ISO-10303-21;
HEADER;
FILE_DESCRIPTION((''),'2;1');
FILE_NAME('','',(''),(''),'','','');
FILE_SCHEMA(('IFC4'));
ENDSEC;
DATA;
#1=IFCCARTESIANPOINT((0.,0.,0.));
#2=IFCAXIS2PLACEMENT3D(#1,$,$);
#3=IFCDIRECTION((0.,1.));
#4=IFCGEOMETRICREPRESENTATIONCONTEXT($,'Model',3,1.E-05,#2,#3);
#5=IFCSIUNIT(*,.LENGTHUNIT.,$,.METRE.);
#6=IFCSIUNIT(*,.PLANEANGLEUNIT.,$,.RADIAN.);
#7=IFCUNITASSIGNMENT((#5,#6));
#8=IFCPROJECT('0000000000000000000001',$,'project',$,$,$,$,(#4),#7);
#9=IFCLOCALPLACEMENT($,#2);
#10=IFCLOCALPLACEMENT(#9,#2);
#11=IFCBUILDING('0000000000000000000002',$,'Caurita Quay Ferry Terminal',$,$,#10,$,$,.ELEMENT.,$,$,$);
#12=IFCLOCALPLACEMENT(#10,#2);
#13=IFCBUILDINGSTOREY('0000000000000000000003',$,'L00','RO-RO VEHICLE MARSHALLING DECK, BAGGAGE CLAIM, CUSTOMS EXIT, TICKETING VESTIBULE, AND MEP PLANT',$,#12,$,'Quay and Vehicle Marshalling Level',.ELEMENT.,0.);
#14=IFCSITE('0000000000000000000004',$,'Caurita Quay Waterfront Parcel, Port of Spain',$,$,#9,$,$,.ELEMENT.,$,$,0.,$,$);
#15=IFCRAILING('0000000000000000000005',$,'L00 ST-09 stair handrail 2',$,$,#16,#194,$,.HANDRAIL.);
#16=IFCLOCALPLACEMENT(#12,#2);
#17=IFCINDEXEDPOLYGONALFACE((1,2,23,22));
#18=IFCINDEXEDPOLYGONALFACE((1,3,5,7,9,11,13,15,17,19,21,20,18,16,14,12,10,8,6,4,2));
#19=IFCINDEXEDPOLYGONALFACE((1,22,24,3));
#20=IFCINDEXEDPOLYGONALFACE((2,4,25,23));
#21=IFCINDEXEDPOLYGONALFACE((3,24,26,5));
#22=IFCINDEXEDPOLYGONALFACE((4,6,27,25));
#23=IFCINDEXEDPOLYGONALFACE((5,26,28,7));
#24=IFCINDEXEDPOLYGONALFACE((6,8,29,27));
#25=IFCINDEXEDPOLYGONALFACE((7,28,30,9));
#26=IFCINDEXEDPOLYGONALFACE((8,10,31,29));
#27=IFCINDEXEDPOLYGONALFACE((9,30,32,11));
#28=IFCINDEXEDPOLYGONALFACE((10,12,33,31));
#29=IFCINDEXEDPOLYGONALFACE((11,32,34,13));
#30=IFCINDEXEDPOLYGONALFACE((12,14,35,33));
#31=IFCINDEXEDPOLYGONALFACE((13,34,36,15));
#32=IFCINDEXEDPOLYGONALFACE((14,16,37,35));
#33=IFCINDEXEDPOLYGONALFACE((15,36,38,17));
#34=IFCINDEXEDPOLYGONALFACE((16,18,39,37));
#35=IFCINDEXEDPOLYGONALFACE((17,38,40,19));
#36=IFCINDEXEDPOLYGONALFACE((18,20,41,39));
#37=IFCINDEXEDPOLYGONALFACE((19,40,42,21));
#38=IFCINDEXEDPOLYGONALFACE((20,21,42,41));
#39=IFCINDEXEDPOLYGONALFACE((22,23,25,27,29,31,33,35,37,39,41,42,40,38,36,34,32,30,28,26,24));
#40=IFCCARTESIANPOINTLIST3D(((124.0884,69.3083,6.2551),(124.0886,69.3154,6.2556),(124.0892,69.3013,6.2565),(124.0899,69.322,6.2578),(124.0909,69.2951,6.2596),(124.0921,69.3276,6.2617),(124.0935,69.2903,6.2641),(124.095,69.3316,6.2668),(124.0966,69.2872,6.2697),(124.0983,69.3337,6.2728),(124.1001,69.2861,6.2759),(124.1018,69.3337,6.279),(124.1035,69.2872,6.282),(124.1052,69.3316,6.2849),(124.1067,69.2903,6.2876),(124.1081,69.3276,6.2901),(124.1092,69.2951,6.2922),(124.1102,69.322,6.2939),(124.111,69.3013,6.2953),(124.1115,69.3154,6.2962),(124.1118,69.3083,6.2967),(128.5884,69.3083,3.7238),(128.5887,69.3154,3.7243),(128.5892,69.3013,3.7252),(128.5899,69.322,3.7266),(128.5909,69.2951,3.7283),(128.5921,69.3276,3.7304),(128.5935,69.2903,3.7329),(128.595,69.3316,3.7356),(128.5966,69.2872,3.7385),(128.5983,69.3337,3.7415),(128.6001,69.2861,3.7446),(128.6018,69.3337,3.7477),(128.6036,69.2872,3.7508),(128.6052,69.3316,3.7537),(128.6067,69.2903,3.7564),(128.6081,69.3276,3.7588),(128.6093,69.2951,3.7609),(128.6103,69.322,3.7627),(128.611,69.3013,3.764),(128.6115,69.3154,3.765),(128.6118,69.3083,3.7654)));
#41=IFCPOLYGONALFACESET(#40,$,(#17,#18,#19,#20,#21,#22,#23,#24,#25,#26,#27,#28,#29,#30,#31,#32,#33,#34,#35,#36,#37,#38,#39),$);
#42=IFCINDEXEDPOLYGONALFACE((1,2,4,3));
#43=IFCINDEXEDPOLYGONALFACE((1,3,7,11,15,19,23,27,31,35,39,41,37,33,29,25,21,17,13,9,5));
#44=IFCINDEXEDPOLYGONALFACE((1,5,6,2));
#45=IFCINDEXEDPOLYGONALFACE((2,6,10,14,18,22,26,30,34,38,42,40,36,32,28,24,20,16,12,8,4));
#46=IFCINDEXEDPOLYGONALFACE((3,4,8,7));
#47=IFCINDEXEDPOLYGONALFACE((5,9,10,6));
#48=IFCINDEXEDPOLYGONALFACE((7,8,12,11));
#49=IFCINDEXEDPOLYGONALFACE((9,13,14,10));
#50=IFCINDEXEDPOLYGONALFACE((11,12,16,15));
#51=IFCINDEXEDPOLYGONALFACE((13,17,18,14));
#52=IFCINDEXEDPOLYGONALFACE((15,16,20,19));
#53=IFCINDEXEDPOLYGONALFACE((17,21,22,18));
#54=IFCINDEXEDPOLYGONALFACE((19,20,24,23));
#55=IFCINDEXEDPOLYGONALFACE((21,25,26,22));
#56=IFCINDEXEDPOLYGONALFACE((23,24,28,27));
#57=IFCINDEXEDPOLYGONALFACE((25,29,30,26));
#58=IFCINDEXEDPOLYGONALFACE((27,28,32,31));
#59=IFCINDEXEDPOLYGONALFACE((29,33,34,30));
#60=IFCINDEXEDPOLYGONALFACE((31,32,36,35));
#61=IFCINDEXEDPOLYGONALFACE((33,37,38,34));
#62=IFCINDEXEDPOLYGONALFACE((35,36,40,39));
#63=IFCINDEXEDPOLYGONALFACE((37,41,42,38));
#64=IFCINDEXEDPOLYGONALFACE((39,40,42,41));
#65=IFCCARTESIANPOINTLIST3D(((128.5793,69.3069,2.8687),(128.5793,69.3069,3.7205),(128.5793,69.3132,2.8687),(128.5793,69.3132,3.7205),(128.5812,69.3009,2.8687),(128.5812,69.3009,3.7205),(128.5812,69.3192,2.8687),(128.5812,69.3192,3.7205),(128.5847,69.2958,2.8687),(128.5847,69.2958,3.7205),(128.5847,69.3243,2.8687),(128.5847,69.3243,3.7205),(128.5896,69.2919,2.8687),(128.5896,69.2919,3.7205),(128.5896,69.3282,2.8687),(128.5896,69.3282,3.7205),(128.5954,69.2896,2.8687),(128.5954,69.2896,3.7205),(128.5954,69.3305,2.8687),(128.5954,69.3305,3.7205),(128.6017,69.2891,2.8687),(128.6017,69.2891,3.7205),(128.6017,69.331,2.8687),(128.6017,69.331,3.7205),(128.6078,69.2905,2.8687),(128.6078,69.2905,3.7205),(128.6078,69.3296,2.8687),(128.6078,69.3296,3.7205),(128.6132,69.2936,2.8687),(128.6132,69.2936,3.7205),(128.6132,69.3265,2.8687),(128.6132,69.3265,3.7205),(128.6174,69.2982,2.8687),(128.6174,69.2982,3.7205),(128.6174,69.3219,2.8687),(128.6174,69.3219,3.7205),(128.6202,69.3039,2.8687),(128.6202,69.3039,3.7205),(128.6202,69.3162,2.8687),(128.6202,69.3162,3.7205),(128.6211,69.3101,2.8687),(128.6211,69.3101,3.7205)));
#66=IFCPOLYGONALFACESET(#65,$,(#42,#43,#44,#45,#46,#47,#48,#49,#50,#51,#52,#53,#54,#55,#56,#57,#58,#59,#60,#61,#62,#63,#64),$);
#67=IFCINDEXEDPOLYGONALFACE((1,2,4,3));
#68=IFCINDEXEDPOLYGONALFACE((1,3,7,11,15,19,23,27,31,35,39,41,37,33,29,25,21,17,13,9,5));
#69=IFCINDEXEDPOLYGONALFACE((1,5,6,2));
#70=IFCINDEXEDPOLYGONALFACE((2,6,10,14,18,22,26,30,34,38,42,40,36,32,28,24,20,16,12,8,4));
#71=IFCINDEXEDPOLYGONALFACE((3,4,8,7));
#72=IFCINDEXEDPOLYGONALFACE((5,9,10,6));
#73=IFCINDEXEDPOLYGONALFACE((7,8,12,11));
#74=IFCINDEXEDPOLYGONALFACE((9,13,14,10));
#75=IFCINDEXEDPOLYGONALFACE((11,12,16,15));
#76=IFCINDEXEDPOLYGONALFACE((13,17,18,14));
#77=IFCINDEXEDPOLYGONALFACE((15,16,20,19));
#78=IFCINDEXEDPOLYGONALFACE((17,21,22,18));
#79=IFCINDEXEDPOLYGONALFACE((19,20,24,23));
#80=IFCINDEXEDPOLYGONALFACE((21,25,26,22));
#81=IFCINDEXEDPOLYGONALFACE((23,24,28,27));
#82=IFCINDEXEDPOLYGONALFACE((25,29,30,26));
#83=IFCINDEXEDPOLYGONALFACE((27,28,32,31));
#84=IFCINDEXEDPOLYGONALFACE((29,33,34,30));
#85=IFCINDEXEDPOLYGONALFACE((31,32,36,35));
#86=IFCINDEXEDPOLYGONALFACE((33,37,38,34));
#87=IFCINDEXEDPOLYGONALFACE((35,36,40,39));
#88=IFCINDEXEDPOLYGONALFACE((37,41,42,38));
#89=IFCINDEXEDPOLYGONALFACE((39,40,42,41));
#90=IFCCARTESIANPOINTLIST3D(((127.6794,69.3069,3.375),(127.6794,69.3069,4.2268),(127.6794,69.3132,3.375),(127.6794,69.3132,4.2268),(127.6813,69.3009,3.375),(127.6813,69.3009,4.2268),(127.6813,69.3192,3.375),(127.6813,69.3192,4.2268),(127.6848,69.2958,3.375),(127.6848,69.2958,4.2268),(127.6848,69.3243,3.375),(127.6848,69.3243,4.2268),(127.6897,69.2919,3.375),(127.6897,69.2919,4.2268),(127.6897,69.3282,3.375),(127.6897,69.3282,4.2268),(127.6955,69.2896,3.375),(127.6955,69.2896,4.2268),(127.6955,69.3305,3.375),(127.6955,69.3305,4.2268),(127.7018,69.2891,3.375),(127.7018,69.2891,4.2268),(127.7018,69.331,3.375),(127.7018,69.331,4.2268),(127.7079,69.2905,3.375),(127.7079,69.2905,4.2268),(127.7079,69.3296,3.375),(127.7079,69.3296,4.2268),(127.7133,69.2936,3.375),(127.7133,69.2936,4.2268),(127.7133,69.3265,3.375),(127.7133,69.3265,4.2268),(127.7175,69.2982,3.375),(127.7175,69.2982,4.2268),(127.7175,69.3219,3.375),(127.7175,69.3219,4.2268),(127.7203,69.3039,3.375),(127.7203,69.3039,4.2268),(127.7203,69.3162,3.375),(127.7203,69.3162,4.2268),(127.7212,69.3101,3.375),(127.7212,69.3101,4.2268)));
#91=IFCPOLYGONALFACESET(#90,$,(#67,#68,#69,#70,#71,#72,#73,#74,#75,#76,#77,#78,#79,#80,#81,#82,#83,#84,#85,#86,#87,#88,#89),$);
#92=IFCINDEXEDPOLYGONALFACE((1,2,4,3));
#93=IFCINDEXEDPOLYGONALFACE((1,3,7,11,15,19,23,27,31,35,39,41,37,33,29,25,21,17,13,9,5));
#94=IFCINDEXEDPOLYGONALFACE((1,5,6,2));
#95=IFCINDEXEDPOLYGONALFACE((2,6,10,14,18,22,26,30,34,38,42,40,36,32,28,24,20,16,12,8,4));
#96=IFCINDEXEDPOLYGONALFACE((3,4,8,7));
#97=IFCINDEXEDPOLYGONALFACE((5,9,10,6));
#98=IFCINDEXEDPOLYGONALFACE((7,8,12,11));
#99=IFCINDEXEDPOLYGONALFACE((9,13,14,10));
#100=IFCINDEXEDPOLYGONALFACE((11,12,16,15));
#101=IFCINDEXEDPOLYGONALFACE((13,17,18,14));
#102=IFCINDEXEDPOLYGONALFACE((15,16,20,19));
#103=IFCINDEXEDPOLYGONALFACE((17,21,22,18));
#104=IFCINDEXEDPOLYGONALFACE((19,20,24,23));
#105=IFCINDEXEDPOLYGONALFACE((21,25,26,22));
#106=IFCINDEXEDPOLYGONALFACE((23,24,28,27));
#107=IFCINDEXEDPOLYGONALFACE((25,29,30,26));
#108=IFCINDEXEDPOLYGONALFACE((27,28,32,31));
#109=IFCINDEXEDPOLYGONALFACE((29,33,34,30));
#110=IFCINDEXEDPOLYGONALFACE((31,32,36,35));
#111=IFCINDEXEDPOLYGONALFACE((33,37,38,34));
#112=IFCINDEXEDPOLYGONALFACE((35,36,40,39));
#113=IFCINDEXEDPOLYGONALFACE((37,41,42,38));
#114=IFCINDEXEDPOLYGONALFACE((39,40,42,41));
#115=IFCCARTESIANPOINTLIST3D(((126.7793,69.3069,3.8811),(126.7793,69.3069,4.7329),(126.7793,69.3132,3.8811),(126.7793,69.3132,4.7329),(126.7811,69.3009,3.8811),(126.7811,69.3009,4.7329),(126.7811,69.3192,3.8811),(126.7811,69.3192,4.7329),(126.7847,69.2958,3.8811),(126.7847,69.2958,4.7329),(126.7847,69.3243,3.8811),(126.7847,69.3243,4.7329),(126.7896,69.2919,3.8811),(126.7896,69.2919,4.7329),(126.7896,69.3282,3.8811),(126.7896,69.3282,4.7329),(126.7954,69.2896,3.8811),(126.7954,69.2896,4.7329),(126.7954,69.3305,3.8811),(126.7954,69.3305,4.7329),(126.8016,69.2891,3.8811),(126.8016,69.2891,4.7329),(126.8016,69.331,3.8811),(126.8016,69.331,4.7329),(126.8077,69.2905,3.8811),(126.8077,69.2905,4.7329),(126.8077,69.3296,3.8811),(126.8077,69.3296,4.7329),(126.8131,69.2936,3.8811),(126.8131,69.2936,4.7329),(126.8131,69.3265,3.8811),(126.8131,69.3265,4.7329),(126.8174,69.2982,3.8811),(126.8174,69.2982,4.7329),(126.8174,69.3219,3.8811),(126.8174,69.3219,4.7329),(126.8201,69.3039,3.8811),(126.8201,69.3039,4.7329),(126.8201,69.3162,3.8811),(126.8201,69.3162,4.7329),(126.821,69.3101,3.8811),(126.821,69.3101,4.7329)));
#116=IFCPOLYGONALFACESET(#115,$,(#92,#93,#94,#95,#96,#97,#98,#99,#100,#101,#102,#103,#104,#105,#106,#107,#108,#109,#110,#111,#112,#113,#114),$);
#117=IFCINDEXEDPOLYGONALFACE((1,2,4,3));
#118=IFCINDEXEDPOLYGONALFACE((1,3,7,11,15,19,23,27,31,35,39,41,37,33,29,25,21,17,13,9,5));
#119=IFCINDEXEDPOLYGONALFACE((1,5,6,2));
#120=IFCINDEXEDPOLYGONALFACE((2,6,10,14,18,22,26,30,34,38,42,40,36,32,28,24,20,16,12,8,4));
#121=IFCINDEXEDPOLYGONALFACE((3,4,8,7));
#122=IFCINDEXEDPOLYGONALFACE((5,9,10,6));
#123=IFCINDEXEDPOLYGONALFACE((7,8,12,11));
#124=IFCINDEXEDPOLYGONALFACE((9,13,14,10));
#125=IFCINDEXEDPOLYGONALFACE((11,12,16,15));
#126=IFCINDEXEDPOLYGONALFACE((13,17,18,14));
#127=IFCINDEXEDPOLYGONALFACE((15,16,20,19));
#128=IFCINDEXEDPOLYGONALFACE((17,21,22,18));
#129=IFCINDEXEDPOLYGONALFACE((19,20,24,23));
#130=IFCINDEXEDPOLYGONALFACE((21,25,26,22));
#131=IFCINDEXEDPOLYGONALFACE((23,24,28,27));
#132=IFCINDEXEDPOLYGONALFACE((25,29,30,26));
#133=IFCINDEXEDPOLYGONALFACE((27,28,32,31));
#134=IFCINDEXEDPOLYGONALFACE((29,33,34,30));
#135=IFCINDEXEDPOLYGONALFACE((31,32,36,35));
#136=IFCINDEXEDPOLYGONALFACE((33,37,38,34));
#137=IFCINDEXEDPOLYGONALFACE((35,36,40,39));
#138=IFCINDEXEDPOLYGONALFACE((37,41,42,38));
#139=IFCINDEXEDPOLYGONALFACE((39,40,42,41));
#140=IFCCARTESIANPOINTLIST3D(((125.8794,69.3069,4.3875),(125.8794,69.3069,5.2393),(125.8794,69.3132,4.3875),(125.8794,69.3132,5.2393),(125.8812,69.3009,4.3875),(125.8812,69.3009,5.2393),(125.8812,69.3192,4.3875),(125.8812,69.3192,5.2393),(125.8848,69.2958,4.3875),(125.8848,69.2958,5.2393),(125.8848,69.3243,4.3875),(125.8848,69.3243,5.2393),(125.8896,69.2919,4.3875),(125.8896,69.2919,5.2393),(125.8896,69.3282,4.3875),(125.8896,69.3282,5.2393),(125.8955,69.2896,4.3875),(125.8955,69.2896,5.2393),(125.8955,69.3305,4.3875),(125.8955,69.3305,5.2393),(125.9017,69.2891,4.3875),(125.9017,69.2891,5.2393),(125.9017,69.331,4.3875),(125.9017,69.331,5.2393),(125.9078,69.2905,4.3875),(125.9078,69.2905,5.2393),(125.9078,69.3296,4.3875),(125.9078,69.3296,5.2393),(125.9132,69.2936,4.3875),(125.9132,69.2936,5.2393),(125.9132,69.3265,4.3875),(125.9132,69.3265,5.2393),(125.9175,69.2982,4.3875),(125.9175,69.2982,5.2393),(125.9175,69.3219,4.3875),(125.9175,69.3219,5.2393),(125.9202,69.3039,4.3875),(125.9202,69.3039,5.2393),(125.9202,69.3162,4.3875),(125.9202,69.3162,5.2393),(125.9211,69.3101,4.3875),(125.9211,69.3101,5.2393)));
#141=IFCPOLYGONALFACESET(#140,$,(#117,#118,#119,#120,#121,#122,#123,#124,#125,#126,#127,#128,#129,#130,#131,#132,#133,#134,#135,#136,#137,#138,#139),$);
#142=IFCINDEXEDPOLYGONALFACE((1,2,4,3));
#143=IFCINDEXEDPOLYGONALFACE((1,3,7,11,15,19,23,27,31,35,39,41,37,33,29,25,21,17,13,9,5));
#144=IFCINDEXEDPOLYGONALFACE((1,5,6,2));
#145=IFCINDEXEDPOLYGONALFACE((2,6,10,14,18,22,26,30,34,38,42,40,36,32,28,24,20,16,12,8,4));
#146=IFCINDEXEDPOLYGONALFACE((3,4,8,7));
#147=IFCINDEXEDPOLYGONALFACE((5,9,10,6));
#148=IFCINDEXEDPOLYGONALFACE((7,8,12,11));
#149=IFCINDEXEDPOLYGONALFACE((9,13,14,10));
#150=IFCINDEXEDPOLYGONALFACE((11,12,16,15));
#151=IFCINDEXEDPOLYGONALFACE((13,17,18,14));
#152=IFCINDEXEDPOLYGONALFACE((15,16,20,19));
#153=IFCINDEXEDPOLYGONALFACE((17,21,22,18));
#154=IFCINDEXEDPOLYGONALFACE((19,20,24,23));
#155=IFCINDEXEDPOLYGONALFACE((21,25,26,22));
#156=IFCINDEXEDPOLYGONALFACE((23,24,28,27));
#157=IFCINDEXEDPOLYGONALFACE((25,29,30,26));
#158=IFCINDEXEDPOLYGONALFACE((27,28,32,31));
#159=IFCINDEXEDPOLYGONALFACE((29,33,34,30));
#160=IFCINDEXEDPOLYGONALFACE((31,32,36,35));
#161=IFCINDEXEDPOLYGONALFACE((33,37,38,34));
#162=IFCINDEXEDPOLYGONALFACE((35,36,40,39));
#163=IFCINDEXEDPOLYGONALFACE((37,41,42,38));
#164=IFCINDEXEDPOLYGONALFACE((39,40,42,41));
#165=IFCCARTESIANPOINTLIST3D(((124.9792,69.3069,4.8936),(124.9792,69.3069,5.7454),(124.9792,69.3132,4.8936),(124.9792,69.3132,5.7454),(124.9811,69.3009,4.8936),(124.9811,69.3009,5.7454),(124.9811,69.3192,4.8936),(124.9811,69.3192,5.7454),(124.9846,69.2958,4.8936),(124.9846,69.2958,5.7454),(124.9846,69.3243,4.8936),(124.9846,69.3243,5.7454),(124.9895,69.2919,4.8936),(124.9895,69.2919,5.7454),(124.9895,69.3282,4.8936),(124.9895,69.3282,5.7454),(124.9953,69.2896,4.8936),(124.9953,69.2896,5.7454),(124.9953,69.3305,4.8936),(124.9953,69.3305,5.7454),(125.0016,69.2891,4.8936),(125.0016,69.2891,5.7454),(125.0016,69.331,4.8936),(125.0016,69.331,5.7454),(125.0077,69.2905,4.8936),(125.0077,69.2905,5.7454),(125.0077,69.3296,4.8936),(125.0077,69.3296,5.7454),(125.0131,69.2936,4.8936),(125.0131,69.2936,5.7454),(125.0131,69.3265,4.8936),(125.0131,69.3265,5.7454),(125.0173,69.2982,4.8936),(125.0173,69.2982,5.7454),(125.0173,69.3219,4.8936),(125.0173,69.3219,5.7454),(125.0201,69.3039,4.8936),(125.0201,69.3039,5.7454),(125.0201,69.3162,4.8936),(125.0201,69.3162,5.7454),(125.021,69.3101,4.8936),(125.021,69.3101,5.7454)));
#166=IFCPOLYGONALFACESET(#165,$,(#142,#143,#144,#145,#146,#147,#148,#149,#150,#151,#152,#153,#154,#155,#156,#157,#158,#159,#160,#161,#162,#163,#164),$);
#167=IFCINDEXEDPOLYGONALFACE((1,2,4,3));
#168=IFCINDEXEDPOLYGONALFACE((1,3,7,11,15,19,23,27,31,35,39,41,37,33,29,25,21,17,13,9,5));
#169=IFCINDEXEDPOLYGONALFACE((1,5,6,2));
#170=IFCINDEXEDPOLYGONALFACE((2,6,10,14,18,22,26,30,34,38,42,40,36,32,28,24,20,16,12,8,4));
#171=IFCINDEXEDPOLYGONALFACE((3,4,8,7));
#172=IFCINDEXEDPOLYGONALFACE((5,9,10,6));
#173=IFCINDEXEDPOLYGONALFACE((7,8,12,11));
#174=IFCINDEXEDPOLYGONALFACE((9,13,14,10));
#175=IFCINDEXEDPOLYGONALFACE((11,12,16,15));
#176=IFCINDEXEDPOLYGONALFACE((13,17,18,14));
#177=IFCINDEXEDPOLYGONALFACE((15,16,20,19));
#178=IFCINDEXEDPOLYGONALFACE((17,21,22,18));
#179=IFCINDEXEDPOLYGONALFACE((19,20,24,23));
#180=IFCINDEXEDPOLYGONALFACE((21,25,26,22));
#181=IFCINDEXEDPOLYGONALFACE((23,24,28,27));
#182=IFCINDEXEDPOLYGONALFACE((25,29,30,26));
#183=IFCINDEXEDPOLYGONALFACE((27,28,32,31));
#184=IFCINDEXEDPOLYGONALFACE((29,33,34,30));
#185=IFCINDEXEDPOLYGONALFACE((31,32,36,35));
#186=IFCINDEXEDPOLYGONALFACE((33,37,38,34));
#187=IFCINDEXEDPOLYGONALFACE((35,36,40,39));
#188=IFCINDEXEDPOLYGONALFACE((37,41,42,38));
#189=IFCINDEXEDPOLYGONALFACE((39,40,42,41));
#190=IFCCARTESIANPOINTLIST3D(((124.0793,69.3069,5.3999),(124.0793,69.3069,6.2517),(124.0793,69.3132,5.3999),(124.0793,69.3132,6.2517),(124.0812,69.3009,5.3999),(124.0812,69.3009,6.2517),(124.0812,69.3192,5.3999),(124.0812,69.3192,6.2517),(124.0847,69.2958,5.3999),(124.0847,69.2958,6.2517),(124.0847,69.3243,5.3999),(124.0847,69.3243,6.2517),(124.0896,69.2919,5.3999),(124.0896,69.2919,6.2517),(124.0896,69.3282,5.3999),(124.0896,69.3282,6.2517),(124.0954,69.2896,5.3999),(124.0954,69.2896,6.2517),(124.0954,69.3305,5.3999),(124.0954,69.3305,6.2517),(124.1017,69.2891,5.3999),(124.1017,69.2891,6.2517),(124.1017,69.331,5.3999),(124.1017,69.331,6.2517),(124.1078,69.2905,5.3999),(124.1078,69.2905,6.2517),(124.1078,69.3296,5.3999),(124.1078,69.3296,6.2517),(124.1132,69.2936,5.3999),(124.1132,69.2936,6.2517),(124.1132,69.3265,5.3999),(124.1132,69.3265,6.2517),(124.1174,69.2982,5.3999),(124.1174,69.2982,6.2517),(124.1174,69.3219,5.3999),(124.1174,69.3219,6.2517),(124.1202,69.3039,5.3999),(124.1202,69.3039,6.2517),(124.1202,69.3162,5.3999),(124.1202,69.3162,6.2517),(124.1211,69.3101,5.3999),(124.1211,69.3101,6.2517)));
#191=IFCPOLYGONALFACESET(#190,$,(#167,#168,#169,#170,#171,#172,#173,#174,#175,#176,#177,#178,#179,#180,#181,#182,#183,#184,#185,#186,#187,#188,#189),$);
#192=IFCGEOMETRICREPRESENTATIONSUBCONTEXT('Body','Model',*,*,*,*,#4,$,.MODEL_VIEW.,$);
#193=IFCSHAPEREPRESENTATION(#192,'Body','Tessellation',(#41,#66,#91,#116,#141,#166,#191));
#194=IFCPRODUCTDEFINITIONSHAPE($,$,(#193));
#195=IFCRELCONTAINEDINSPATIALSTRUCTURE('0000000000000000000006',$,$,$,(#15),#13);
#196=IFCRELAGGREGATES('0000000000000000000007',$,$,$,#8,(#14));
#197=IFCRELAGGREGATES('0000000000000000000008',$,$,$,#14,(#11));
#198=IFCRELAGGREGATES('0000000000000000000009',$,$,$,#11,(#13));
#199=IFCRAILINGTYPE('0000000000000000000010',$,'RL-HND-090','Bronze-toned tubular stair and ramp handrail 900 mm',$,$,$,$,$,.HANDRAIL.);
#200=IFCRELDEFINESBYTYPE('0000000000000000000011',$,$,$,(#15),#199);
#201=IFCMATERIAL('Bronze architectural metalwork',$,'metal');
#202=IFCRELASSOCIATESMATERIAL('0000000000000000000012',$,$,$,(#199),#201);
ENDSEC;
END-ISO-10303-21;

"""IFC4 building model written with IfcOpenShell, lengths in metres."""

from ifc_helpers import new_model, si_unit, direction, frame, origin, origin_2d, place, context, subcontext, project, spatial, circle, extrude, material, type_object, element, save


model = new_model("IFC4")

# Units and contexts
model_context = context("Model", 3, precision=1e-05, world=origin(), true_north=direction((0.0, 1.0)))
body_context = subcontext(model_context, "Body", "Model", "MODEL_VIEW")
ifc_project = project(units=[si_unit("LENGTHUNIT", "METRE"), si_unit("PLANEANGLEUNIT", "RADIAN")], contexts=[model_context])

# Site, building, storey
site_placement = place(None, origin())
site = spatial("IfcSite", under=ifc_project, at=site_placement, Name="Caurita Quay Waterfront Parcel, Port of Spain", CompositionType="ELEMENT", RefElevation=0.0)
building_placement = place(site_placement, origin())
building = spatial("IfcBuilding", under=site, at=building_placement, Name="Caurita Quay Ferry Terminal", CompositionType="ELEMENT")
storey_placement = place(building_placement, origin())
storey = spatial("IfcBuildingStorey", under=building, at=storey_placement, Name="L00", Description="RO-RO VEHICLE MARSHALLING DECK, BAGGAGE CLAIM, CUSTOMS EXIT, TICKETING VESTIBULE, AND MEP PLANT", LongName="Quay and Vehicle Marshalling Level", CompositionType="ELEMENT", Elevation=0.0)

# Railing
ifc_material_1 = material(Name="Bronze architectural metalwork", Category="metal")
railing_type_1 = type_object("IfcRailingType", Name="RL-HND-090", Description="Bronze-toned tubular stair and ramp handrail 900 mm", PredefinedType="HANDRAIL", material=ifc_material_1)
railing_1_placement = place(storey_placement, frame((128.6001, 69.3101, 2.8687)))
element("IfcRailing", 1, at=railing_1_placement, inside=storey, type_object=railing_type_1, Name="L00 ST-09 stair handrail 2", PredefinedType="HANDRAIL", context=body_context, shape_type="SweptSolid", body=[
    extrude(circle(Radius=0.0239, at=origin_2d()), frame((0.0, 0.0, 0.876), z_axis=(-0.871576, 0.0, 0.490261), x_axis=(0.0, -1.0, 0.0)), (0.0, 0.0, 1.0), 5.1631),
    extrude(circle(Radius=0.021, at=origin_2d()), origin(), (0.0, 0.0, 1.0), 0.8518),
    extrude(circle(Radius=0.021, at=origin_2d()), frame((-0.8999, 0.0, 0.5063)), (0.0, 0.0, 1.0), 0.8518),
    extrude(circle(Radius=0.021, at=origin_2d()), frame((-1.8, 0.0, 1.0125)), (0.0, 0.0, 1.0), 0.8518),
    extrude(circle(Radius=0.021, at=origin_2d()), frame((-2.7, 0.0, 1.5188)), (0.0, 0.0, 1.0), 0.8518),
    extrude(circle(Radius=0.021, at=origin_2d()), frame((-3.6001, 0.0, 2.0249)), (0.0, 0.0, 1.0), 0.8518),
    extrude(circle(Radius=0.021, at=origin_2d()), frame((-4.5, 0.0, 2.5312)), (0.0, 0.0, 1.0), 0.8518),
])

save(model, "model.ifc")
